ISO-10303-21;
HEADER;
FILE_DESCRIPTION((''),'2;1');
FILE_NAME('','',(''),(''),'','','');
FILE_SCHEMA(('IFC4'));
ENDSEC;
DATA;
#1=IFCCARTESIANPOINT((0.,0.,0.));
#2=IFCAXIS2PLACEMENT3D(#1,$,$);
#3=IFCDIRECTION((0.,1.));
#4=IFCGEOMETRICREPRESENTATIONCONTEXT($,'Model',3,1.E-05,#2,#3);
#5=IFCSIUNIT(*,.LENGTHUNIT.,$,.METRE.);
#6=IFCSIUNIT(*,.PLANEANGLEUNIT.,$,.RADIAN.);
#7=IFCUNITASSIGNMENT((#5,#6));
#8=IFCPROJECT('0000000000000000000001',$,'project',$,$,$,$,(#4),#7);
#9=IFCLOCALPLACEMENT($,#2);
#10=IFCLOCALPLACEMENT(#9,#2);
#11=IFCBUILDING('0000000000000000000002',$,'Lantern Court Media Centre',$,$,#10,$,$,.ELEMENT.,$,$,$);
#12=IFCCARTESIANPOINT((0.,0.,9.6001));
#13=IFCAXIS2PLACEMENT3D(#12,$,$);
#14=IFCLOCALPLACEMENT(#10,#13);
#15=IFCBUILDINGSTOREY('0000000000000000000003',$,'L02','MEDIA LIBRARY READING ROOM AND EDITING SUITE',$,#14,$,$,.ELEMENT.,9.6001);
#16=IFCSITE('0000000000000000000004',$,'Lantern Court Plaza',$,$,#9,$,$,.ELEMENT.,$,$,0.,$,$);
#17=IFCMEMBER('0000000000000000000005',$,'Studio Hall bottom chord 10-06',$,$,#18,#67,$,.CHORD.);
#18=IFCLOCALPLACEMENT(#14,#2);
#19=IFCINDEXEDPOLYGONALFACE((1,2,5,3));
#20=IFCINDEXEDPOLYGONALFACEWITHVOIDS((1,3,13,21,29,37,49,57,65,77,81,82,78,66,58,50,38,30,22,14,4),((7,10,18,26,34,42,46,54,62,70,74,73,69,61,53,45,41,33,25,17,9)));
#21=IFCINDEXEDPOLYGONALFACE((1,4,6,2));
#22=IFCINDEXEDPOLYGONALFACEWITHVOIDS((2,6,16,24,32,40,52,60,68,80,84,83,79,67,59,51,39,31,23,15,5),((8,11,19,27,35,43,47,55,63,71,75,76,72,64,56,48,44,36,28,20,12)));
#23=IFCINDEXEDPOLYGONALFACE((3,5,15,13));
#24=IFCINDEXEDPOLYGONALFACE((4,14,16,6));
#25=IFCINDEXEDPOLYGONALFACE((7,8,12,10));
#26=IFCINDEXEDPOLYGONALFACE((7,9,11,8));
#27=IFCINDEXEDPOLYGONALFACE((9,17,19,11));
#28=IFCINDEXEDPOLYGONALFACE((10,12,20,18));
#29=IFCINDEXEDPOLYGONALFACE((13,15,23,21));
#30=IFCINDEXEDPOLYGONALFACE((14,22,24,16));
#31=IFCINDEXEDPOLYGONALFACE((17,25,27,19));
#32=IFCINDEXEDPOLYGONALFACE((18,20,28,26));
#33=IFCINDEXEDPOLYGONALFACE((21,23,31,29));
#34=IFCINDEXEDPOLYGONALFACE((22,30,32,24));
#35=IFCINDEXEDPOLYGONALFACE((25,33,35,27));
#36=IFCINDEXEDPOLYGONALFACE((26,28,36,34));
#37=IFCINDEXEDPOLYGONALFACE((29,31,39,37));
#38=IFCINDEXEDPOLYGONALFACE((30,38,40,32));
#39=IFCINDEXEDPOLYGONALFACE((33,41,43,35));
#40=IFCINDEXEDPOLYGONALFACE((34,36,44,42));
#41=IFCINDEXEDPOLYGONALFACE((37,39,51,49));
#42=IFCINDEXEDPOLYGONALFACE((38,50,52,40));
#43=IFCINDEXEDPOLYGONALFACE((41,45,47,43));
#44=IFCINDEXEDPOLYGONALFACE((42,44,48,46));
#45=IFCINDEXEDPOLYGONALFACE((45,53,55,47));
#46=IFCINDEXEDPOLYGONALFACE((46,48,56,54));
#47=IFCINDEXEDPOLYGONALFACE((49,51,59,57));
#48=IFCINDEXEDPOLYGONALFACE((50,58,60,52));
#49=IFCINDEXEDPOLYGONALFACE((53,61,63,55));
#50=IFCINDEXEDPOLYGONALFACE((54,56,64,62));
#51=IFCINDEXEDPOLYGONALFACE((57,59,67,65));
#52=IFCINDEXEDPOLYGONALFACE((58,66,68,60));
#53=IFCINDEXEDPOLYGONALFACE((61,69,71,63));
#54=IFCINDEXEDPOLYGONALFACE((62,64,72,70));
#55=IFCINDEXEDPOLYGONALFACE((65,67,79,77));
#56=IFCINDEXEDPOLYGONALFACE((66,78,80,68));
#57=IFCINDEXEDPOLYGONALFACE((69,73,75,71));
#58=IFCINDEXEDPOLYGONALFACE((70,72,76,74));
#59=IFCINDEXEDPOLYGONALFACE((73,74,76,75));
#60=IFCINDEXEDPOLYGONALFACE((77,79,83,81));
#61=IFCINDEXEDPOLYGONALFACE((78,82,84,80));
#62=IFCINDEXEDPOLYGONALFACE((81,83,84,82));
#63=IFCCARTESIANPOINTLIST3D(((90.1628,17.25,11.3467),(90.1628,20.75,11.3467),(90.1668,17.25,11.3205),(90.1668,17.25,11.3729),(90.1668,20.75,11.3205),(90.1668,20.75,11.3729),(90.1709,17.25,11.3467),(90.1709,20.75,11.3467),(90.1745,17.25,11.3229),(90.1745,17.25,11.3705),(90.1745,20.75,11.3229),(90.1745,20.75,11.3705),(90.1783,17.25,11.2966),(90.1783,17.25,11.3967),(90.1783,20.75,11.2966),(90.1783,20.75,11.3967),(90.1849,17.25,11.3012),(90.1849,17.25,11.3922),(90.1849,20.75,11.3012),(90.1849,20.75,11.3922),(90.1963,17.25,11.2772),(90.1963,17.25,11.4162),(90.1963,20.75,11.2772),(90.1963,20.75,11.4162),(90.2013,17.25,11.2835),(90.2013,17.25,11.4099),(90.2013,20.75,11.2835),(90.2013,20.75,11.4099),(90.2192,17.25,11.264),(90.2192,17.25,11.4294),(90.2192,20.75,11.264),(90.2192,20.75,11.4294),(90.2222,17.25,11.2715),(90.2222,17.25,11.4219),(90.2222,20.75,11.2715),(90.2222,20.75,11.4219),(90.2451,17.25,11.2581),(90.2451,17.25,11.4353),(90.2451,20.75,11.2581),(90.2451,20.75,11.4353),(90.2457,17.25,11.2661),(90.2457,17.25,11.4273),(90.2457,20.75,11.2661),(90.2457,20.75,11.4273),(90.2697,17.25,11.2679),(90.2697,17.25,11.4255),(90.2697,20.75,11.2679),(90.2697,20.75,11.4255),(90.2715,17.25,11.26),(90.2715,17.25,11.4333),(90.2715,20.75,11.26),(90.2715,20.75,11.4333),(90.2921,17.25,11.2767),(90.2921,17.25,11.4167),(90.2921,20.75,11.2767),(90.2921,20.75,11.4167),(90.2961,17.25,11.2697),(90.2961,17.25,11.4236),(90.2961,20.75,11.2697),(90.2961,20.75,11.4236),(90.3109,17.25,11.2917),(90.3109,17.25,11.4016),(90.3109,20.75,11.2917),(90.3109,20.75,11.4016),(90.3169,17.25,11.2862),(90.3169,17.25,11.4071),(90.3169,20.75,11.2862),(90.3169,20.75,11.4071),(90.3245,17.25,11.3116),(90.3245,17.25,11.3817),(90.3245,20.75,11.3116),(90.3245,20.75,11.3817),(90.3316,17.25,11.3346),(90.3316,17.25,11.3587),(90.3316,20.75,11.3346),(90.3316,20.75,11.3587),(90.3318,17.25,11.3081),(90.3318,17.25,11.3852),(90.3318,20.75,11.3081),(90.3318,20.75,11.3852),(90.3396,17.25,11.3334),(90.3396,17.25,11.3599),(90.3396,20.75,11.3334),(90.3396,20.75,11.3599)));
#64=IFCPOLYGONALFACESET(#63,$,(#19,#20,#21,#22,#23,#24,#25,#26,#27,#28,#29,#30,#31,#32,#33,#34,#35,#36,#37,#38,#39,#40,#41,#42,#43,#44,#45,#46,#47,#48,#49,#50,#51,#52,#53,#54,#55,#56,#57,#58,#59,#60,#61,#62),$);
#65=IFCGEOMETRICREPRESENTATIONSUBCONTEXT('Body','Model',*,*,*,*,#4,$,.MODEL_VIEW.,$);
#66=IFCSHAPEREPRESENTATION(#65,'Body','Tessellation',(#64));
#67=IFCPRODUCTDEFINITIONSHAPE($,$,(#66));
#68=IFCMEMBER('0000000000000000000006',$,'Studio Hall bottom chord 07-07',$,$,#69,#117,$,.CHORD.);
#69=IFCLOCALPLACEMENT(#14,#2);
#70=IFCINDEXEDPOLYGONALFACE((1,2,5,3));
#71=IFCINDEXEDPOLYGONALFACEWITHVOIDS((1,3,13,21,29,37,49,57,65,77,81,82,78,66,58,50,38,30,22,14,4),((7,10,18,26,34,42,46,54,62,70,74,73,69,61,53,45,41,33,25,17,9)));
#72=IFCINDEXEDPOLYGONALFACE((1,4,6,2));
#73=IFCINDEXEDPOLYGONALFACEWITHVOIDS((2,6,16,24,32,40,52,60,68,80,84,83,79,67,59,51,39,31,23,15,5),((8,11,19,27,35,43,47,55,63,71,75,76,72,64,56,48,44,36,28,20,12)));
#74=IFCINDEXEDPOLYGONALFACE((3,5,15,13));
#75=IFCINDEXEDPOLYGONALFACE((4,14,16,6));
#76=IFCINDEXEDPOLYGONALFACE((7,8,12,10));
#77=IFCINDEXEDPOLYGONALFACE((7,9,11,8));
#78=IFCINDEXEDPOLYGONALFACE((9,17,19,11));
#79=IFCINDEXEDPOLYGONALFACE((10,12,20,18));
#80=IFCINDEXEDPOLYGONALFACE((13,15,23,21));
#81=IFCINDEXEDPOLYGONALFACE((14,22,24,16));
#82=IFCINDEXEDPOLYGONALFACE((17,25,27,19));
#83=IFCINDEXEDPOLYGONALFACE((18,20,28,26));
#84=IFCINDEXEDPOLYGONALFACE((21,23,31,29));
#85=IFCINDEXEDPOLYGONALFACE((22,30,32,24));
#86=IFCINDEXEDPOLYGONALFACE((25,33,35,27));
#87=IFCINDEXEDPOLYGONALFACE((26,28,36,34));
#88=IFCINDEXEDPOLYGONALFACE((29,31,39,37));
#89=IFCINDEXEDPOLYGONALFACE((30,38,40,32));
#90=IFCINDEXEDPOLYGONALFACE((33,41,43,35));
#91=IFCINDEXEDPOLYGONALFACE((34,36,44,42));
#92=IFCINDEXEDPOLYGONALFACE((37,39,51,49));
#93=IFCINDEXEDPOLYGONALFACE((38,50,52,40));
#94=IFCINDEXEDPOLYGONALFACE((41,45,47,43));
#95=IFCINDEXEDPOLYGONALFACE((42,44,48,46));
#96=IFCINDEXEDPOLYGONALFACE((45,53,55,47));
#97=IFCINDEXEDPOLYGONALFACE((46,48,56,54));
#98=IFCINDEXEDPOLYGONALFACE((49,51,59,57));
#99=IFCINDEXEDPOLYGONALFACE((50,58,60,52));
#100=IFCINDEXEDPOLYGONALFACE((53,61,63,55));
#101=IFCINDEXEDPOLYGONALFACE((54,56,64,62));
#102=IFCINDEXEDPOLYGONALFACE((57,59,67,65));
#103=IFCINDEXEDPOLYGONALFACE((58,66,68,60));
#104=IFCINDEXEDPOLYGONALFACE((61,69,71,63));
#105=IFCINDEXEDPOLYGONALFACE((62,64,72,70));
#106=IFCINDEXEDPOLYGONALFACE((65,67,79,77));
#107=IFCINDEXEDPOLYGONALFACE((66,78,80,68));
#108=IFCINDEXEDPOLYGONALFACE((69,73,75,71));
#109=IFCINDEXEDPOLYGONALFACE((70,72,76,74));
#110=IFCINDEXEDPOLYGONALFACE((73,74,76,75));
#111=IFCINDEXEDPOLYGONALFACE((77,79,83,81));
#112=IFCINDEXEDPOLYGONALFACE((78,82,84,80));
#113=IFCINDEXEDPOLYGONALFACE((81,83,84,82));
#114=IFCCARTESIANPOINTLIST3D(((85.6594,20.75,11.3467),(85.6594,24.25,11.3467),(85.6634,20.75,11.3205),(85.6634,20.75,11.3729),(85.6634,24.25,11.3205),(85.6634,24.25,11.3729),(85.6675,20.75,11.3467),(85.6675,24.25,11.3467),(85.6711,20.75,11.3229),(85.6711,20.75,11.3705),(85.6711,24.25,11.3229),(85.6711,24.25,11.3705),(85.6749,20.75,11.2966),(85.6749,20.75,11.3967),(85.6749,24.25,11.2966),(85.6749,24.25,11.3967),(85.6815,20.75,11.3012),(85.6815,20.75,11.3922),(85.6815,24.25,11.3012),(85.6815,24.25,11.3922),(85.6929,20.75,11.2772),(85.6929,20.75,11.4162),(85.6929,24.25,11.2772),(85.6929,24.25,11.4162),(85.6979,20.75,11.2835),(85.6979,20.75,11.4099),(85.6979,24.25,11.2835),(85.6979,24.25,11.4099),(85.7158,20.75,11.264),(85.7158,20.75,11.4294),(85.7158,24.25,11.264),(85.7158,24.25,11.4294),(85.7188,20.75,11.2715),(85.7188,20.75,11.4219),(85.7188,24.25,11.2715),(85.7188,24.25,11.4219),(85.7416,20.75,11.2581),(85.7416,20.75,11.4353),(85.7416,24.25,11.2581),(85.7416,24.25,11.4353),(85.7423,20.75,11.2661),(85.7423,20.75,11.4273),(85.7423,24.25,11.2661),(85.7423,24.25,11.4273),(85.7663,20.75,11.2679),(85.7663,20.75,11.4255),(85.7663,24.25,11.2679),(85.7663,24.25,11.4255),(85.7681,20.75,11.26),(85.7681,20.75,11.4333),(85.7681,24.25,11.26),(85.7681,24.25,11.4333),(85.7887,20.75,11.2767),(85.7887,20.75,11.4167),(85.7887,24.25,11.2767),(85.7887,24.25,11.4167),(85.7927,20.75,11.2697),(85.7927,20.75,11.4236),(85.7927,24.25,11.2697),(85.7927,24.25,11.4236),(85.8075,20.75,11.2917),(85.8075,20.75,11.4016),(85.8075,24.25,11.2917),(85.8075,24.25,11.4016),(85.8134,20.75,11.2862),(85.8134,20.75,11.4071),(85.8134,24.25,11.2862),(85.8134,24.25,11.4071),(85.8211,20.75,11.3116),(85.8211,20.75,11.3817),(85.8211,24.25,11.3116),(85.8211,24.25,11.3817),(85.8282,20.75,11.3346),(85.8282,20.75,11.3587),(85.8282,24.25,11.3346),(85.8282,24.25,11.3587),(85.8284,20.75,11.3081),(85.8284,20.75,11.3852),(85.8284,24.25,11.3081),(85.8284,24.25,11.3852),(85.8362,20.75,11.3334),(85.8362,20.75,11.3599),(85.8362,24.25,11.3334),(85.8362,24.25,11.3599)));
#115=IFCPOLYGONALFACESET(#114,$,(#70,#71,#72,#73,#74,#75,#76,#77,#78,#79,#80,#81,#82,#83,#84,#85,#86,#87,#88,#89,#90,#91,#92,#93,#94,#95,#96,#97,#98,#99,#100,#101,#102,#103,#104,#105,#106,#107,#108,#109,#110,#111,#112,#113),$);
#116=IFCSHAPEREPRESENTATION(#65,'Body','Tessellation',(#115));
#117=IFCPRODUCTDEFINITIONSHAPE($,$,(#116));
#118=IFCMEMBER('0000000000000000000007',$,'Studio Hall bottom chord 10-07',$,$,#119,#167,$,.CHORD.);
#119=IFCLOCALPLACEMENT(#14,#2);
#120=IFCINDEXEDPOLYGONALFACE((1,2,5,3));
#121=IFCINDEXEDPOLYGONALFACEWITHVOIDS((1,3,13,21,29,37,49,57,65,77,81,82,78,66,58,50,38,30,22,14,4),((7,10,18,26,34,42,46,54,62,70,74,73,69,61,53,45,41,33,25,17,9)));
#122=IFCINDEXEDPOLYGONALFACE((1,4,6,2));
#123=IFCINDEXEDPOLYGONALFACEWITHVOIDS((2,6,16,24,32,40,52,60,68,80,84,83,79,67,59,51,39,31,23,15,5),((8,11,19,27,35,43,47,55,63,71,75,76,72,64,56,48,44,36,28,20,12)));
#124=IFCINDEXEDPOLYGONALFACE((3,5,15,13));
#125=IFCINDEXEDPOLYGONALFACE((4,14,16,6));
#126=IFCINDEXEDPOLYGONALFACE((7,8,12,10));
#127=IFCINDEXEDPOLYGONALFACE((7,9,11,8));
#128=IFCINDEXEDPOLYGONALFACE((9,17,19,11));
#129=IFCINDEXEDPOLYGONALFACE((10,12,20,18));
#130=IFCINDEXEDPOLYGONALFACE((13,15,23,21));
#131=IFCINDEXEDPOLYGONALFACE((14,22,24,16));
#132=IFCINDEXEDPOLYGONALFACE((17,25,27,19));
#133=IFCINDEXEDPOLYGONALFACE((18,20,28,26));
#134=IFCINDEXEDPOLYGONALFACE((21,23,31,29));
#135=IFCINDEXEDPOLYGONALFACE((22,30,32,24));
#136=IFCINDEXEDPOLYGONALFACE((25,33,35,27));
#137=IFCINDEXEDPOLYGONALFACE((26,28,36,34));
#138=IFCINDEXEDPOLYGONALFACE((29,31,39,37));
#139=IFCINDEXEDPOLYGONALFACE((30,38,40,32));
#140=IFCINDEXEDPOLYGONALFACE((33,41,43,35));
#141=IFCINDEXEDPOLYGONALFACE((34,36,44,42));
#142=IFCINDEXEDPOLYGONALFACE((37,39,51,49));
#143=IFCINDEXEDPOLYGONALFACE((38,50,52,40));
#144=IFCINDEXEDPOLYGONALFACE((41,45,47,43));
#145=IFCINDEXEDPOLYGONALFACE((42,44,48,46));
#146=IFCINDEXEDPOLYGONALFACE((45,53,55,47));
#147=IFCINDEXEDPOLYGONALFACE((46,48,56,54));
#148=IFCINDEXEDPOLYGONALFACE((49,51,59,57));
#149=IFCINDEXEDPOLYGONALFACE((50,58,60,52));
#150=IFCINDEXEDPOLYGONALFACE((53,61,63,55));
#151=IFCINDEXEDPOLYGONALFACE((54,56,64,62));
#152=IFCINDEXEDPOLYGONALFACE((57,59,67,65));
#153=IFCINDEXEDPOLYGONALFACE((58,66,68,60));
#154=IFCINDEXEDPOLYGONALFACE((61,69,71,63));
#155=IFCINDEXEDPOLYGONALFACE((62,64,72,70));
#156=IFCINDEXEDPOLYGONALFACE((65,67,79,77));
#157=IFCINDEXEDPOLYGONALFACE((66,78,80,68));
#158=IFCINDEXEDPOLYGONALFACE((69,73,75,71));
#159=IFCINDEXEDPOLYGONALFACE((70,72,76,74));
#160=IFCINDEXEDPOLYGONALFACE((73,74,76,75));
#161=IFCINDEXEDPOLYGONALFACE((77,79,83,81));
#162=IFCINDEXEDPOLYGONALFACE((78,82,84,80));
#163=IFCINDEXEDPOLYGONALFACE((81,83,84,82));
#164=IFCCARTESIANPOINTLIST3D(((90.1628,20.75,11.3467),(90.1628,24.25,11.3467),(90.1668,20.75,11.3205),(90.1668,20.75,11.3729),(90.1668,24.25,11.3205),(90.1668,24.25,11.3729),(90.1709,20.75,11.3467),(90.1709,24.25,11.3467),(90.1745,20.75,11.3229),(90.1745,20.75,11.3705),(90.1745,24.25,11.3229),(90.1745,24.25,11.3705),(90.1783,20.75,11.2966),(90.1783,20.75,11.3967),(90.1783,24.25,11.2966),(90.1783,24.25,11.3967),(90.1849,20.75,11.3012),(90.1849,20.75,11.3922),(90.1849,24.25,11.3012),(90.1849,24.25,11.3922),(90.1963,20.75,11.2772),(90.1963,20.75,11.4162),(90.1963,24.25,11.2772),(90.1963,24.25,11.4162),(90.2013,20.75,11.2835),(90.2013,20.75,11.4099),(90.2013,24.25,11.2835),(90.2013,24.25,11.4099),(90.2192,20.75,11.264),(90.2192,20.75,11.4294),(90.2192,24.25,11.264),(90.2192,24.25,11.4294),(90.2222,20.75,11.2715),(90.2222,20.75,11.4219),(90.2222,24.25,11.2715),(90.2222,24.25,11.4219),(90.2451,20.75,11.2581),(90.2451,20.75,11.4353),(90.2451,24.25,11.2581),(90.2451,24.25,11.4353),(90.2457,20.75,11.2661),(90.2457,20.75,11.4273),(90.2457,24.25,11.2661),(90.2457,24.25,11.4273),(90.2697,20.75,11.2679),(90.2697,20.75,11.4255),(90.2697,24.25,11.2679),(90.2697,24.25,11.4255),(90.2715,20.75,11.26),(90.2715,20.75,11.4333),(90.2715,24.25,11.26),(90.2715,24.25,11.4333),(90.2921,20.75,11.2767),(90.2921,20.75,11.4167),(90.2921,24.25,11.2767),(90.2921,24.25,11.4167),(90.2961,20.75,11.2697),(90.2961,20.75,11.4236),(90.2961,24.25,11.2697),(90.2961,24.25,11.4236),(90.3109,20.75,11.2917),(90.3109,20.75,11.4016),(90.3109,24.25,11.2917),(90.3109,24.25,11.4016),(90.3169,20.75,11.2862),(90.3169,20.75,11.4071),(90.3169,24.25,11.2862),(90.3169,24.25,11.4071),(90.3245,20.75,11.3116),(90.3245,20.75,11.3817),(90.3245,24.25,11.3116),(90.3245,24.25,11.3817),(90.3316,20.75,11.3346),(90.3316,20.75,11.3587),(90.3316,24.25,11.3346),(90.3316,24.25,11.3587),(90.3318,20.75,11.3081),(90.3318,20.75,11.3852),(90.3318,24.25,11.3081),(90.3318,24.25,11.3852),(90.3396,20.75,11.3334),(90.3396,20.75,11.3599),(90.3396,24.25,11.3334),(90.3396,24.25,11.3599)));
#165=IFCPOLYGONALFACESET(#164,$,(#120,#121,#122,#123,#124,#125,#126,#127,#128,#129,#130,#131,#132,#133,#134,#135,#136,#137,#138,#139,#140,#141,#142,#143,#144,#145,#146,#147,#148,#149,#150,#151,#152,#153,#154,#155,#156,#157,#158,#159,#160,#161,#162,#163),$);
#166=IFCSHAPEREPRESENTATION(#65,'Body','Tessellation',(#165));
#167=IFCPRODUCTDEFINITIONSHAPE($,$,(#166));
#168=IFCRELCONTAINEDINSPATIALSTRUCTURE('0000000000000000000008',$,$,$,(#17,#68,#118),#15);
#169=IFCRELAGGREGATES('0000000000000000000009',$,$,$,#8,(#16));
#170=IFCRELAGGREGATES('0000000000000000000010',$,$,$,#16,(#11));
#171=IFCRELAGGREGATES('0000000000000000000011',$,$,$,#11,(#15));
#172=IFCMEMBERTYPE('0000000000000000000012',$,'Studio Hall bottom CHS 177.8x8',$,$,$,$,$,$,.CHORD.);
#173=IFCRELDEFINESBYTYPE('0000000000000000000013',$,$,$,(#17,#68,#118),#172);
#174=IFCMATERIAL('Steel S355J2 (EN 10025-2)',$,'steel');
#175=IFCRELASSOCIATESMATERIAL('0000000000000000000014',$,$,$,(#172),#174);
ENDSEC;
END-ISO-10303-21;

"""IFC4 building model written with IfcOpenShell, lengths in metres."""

from ifc_helpers import new_model, si_unit, direction, frame, origin, origin_2d, place, context, subcontext, project, spatial, hollow_circle, extrude, material, material_profile, profile_set, type_object, element, save


model = new_model("IFC4")

# Units and contexts
model_context = context("Model", 3, precision=1e-05, world=origin(), true_north=direction((0.0, 1.0)))
body_context = subcontext(model_context, "Body", "Model", "MODEL_VIEW")
ifc_project = project(units=[si_unit("LENGTHUNIT", "METRE"), si_unit("PLANEANGLEUNIT", "RADIAN")], contexts=[model_context])

# Site, building, storey
site_placement = place(None, origin())
site = spatial("IfcSite", under=ifc_project, at=site_placement, Name="Lantern Court Plaza", CompositionType="ELEMENT", RefElevation=0.0)
building_placement = place(site_placement, origin())
building = spatial("IfcBuilding", under=site, at=building_placement, Name="Lantern Court Media Centre", CompositionType="ELEMENT")
storey_placement = place(building_placement, frame((0.0, 0.0, 9.6001)))
storey = spatial("IfcBuildingStorey", under=building, at=storey_placement, Name="L02", Description="MEDIA LIBRARY READING ROOM AND EDITING SUITE", CompositionType="ELEMENT", Elevation=9.6001)

# Members
ifc_material = material(Name="Steel S355J2 (EN 10025-2)", Category="steel")
ifc_material_profile_1 = material_profile(ifc_material, hollow_circle(Radius=0.0889, WallThickness=0.0081, at=origin_2d()), Name="Studio Hall bottom CHS 177.8x8")
ifc_profile_set_1 = profile_set([ifc_material_profile_1], Name="Steel S355J2 (EN 10025-2)")
member_type_1 = type_object("IfcMemberType", Name="Studio Hall bottom CHS 177.8x8", PredefinedType="CHORD", material=ifc_profile_set_1)
for number, where, z_axis, x_axis, name in (
    (1, (90.2517, 17.25, 11.3467), (0.0, 1.0, 0.0), (-1.0, 0.0, 0.0), "Studio Hall bottom chord 10-06"),
    (2, (85.7483, 20.75, 11.3467), (0.0, 1.0, 0.0), (-1.0, 0.0, 0.0), "Studio Hall bottom chord 07-07"),
    (3, (90.2517, 20.75, 11.3467), (0.0, 1.0, 0.0), (-1.0, 0.0, 0.0), "Studio Hall bottom chord 10-07"),
):
    element("IfcMember", number, at=place(storey_placement, frame(where, z_axis=z_axis, x_axis=x_axis)), inside=storey, type_object=member_type_1, Name=name, PredefinedType="CHORD", context=body_context, shape_type="SweptSolid", body=[
        extrude(hollow_circle(Radius=0.0889, WallThickness=0.0081, at=origin_2d()), origin(), (0.0, 0.0, 1.0), 3.5),
    ])

save(model, "model.ifc")
